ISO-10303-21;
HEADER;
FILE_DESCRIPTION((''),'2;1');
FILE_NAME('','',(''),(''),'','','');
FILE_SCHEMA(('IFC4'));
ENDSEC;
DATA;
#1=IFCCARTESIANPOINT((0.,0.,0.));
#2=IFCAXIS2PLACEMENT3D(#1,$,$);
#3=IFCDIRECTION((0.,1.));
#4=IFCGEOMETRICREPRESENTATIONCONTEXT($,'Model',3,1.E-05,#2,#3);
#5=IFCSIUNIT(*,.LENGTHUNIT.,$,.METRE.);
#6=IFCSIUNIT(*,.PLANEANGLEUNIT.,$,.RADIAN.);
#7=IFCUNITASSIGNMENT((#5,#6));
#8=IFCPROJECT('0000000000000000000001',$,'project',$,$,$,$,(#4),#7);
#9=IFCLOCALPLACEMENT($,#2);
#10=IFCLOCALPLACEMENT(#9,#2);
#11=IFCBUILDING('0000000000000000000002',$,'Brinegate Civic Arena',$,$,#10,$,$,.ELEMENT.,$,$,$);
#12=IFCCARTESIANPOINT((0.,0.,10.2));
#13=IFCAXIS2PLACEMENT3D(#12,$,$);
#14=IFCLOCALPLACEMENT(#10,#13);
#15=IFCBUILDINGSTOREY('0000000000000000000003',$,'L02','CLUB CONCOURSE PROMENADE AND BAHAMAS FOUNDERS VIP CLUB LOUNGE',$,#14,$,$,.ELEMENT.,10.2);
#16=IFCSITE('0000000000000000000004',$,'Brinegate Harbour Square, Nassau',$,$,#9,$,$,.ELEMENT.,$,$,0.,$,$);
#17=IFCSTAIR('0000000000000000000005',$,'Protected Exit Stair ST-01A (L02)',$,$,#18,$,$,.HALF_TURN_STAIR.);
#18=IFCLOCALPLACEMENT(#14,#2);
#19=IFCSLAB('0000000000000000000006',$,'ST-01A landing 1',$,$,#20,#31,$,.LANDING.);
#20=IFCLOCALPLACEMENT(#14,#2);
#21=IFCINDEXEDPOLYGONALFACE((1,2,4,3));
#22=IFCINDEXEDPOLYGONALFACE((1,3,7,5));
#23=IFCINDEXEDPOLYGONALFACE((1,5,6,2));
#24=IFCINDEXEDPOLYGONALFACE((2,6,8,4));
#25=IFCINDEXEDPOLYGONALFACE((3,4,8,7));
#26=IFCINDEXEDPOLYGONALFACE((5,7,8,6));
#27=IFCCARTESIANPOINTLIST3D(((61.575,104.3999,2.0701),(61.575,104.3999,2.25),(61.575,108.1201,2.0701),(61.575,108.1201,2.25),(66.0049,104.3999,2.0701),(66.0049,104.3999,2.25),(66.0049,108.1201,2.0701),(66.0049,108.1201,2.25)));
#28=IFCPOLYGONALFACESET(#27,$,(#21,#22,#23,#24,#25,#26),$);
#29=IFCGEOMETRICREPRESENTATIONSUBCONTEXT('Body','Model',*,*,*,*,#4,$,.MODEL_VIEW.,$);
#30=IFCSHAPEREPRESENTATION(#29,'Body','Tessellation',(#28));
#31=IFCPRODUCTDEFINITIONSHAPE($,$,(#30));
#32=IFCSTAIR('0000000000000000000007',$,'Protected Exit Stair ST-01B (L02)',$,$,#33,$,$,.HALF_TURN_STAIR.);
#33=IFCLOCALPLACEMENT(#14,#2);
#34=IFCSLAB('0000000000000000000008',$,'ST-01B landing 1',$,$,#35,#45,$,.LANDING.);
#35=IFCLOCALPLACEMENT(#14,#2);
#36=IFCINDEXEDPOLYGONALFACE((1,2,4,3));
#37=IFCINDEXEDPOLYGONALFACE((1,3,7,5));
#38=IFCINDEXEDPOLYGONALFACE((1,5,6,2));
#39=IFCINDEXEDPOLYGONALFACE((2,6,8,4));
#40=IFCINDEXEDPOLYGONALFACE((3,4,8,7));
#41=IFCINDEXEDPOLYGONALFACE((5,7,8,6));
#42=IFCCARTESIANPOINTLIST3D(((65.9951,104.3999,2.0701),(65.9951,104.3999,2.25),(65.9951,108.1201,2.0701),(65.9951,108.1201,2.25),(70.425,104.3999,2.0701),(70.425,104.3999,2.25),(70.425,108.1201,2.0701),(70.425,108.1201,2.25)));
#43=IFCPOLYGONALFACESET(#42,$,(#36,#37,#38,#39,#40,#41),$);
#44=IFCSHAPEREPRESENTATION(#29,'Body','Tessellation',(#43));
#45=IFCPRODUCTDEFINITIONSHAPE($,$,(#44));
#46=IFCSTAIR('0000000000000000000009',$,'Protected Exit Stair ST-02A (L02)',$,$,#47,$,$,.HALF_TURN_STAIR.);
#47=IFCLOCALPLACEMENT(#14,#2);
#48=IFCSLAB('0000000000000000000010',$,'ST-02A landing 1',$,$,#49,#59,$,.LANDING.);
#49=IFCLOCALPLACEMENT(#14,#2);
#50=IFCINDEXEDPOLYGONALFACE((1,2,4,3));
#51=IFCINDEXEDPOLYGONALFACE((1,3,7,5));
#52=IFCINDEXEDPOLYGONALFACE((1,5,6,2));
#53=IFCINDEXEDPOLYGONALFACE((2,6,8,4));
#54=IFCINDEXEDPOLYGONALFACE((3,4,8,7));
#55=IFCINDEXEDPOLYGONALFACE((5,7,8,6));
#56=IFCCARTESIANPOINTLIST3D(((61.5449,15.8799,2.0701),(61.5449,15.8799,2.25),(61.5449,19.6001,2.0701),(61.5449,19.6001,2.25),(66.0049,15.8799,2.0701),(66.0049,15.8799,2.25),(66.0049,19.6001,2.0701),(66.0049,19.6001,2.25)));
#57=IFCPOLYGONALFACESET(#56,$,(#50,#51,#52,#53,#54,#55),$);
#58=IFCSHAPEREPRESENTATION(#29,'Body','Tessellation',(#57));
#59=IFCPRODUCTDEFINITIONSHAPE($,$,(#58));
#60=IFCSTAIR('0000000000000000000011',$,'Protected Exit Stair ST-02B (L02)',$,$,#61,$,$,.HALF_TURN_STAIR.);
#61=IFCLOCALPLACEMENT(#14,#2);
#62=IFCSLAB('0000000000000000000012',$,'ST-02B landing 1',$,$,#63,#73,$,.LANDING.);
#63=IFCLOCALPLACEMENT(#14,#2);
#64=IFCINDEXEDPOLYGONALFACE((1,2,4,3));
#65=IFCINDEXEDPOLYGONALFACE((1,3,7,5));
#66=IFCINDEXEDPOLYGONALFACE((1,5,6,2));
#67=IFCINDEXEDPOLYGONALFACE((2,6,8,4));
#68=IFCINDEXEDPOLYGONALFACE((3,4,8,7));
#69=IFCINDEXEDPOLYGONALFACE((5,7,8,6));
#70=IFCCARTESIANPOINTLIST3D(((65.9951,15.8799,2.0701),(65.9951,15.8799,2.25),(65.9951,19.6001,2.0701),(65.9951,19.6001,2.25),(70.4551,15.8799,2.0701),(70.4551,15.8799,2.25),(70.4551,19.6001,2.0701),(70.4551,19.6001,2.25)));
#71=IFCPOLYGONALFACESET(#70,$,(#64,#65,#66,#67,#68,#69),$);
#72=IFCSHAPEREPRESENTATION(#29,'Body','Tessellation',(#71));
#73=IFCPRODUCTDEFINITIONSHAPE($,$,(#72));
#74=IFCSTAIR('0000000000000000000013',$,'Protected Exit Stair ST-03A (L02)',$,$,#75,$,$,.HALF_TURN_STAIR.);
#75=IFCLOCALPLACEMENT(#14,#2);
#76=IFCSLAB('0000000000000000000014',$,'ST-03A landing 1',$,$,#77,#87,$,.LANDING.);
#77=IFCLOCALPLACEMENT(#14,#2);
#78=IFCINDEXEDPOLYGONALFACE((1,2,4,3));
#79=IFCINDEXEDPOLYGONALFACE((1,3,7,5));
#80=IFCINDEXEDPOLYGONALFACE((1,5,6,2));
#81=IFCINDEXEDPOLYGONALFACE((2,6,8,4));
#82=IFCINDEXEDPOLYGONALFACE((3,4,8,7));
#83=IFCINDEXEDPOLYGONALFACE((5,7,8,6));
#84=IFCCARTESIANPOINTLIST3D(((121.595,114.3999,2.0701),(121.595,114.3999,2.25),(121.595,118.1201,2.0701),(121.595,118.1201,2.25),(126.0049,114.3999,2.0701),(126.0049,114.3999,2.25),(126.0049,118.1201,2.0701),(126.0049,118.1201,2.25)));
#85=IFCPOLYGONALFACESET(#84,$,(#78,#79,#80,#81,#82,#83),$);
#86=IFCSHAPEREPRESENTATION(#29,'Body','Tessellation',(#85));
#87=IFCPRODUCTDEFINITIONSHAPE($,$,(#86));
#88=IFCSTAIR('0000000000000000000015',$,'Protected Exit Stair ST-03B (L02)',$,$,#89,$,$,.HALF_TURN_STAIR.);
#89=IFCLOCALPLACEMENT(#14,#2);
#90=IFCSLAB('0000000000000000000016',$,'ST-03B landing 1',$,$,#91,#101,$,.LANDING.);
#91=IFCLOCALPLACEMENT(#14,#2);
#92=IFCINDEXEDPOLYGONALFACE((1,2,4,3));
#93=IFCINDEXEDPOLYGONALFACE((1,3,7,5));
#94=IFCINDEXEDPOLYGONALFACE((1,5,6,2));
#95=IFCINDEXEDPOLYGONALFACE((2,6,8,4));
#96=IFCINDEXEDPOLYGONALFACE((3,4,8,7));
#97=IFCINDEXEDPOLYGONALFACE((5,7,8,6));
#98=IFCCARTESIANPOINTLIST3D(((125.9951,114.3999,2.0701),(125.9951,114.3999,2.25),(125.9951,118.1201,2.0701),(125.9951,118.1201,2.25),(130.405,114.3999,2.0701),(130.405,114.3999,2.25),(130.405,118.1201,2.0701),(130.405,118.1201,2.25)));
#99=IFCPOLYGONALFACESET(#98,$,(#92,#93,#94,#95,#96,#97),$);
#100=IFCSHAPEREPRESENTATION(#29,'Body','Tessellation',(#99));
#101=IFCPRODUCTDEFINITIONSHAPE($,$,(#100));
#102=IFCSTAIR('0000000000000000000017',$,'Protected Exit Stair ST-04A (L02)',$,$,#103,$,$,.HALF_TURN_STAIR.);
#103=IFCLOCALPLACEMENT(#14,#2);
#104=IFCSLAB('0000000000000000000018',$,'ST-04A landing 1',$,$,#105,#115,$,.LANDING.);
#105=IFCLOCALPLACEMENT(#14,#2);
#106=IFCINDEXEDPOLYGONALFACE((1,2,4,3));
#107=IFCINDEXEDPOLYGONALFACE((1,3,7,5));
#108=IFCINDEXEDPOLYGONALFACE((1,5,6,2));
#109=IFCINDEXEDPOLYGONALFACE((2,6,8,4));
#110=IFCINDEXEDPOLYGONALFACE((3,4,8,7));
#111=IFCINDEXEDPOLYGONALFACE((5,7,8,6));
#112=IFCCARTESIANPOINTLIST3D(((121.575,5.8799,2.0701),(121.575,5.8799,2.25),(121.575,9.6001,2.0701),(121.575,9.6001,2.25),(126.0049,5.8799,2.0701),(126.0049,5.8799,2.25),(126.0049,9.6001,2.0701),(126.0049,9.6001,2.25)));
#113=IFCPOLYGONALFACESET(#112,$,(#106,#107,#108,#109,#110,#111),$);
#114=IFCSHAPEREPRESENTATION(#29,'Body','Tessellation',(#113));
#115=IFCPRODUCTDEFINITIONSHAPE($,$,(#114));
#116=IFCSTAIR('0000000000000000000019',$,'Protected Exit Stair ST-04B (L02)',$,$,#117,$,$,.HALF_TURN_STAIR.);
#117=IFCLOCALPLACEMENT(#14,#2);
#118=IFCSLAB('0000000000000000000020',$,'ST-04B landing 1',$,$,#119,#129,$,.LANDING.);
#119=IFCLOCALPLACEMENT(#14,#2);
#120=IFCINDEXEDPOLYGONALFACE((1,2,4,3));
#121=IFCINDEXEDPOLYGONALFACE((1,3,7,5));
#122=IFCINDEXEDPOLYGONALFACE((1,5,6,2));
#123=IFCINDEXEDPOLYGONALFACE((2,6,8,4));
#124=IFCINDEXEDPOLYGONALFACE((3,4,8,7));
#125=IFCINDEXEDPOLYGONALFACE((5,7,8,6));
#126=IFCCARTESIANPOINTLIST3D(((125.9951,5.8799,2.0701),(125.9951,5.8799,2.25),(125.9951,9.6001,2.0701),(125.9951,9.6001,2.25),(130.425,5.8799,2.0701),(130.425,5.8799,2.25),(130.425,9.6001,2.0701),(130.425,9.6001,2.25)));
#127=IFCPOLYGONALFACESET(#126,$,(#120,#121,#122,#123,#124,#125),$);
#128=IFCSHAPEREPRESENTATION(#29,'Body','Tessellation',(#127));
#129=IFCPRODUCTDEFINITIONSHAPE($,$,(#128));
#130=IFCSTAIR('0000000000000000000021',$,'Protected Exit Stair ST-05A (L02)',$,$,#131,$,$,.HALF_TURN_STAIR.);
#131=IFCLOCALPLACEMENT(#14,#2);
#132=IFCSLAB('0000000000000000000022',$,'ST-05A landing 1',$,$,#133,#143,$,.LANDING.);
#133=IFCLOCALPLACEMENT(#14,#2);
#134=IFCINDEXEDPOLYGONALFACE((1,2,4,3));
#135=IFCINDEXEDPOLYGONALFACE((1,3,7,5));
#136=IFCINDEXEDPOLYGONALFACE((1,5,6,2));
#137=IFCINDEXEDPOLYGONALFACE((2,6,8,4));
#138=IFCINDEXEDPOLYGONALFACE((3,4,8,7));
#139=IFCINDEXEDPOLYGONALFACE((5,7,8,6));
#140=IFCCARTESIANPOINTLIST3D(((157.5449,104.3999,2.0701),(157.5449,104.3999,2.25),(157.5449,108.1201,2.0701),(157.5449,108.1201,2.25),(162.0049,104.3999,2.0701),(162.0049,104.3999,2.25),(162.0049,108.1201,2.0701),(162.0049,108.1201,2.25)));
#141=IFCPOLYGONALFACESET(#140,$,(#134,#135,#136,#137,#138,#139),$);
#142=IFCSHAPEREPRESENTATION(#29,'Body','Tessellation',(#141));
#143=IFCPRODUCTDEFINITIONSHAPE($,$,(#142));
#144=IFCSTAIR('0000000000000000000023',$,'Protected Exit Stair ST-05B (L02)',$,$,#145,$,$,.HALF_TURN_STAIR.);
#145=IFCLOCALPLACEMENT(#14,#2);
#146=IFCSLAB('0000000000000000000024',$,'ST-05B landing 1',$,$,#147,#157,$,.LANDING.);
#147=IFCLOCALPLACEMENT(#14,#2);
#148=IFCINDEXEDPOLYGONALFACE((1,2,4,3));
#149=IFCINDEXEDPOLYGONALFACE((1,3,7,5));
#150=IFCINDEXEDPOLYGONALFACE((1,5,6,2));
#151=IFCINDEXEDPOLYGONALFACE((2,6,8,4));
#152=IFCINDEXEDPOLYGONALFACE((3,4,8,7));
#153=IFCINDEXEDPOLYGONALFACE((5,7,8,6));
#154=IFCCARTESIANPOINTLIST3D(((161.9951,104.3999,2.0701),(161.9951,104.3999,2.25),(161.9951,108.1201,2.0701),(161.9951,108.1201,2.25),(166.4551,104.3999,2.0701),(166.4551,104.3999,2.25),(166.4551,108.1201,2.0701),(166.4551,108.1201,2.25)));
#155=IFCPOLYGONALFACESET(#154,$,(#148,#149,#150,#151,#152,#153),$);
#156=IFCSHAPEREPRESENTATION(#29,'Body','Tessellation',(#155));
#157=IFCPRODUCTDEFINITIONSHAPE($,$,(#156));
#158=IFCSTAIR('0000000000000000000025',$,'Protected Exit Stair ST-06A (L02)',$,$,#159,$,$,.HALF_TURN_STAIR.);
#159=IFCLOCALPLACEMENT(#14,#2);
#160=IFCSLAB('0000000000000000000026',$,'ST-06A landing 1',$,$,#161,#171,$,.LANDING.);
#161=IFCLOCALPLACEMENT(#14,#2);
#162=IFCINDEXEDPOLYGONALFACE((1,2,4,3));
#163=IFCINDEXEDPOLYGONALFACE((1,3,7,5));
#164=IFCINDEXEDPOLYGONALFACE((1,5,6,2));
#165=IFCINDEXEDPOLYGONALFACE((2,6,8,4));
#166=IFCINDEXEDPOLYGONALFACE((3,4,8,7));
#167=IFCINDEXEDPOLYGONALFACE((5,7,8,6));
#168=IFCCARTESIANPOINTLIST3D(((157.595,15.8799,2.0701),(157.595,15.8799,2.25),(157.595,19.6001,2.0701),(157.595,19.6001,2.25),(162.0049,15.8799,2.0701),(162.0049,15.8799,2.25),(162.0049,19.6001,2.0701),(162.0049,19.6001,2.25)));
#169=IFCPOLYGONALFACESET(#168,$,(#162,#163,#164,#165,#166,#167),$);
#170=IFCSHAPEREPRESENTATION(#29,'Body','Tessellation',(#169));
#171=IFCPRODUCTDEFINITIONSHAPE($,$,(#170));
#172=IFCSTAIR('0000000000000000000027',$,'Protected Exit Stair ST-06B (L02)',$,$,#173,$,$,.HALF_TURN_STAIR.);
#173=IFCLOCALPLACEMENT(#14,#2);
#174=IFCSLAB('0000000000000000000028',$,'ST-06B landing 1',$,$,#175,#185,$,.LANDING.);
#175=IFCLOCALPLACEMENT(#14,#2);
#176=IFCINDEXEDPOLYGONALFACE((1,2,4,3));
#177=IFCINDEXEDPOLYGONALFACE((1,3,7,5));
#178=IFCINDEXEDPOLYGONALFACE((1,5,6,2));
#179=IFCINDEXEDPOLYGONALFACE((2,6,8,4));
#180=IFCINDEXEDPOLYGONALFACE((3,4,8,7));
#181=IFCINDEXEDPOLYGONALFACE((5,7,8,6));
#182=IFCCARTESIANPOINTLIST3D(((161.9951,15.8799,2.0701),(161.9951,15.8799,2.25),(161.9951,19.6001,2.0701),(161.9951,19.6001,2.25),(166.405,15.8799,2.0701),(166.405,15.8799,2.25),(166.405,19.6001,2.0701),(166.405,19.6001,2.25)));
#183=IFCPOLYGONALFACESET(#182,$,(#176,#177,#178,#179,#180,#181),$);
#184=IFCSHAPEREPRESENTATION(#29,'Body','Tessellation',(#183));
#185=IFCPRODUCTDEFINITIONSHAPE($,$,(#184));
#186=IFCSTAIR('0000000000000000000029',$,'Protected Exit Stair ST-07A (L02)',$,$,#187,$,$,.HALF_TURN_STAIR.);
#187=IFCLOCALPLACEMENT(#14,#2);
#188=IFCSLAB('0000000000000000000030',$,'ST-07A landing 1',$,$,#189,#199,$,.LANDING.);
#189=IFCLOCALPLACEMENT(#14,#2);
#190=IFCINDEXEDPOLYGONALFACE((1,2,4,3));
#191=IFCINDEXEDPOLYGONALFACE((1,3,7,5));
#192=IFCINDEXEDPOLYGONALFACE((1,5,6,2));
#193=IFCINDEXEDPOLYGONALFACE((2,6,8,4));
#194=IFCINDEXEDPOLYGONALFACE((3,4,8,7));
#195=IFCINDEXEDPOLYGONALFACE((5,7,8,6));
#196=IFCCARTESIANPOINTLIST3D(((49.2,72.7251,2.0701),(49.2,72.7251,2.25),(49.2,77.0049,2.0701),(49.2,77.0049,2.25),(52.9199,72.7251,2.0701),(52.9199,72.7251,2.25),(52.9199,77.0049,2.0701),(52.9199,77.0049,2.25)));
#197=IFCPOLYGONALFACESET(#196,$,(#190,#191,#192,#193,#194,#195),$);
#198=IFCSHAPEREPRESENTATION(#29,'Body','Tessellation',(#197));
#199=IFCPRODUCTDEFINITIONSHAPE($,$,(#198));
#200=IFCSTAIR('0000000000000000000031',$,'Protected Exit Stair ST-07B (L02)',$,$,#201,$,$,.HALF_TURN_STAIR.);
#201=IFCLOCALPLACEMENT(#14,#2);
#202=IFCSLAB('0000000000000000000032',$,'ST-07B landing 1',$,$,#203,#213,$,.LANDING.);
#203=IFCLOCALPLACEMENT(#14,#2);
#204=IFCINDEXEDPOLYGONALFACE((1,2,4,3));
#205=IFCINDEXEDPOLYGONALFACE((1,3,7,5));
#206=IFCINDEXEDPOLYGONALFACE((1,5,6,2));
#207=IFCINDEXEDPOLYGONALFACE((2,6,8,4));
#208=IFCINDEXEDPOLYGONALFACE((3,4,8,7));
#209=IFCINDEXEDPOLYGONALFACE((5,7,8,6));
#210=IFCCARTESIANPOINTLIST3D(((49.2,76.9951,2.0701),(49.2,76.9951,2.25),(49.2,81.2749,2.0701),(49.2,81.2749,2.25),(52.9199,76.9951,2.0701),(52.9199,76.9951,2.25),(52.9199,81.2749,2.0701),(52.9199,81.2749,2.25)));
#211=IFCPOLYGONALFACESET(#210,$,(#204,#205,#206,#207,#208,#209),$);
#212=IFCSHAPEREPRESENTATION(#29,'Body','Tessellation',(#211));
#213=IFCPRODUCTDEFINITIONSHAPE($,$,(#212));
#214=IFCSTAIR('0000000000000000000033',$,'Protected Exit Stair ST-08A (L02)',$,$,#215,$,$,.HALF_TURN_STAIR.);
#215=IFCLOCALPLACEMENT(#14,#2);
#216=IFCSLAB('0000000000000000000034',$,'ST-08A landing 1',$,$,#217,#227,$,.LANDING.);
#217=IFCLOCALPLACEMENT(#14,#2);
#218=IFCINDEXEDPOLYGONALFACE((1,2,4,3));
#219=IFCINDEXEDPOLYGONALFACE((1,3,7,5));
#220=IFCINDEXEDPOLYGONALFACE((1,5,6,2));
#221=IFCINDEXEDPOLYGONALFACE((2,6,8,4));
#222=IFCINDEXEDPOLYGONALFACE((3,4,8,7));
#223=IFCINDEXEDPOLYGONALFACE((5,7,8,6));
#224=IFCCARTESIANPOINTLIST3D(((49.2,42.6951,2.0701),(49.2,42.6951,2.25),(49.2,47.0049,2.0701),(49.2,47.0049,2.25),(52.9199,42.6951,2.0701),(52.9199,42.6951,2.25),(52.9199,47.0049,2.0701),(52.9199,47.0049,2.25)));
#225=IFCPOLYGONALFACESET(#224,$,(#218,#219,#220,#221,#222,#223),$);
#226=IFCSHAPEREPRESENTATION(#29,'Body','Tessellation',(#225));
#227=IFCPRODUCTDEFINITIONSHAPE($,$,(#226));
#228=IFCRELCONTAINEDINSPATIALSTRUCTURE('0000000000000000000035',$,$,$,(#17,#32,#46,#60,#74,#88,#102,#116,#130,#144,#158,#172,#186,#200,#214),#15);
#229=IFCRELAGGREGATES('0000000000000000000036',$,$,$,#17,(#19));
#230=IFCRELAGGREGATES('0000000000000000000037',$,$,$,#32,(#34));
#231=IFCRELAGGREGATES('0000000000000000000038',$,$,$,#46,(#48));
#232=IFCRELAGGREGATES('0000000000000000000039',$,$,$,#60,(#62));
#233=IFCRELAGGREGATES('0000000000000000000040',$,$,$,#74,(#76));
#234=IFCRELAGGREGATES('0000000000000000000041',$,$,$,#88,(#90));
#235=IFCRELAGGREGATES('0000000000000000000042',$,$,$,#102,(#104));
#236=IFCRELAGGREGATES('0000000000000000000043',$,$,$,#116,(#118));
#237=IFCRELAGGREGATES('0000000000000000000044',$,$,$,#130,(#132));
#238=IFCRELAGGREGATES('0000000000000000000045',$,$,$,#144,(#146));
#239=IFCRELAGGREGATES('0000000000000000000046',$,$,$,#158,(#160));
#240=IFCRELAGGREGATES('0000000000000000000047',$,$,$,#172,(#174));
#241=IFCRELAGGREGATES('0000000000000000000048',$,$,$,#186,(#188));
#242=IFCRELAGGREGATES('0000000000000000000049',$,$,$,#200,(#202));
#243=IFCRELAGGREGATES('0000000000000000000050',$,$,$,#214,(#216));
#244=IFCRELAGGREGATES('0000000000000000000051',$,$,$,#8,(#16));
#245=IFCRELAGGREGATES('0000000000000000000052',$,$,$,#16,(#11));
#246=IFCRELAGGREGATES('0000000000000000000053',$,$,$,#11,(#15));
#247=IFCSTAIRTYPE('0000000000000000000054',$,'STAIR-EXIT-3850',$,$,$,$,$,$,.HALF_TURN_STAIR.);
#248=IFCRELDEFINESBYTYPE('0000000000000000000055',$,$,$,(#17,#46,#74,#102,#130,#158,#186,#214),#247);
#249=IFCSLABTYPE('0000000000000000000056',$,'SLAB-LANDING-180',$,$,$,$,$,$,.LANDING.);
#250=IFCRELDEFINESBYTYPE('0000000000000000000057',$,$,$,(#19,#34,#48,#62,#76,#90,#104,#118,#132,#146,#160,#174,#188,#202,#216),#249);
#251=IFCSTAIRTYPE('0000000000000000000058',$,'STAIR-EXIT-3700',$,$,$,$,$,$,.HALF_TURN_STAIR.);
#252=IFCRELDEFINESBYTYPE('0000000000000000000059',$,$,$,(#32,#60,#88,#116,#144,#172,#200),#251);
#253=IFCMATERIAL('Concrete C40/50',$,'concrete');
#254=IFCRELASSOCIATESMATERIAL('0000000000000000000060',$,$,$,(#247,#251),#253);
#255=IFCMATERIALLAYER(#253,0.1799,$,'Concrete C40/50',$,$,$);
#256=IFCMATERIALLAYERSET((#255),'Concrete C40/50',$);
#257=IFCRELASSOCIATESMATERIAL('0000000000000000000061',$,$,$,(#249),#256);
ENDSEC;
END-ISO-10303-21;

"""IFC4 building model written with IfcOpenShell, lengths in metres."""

from ifc_helpers import new_model, si_unit, direction, frame, origin, place, context, subcontext, project, spatial, polyline, outline, extrude, material, layer, layer_set, type_object, element, aggregate, save


model = new_model("IFC4")

# Units and contexts
model_context = context("Model", 3, precision=1e-05, world=origin(), true_north=direction((0.0, 1.0)))
body_context = subcontext(model_context, "Body", "Model", "MODEL_VIEW")
ifc_project = project(units=[si_unit("LENGTHUNIT", "METRE"), si_unit("PLANEANGLEUNIT", "RADIAN")], contexts=[model_context])

# Site, building, storey
site_placement = place(None, origin())
site = spatial("IfcSite", under=ifc_project, at=site_placement, Name="Brinegate Harbour Square, Nassau", CompositionType="ELEMENT", RefElevation=0.0)
building_placement = place(site_placement, origin())
building = spatial("IfcBuilding", under=site, at=building_placement, Name="Brinegate Civic Arena", CompositionType="ELEMENT")
storey_placement = place(building_placement, frame((0.0, 0.0, 10.2)))
storey = spatial("IfcBuildingStorey", under=building, at=storey_placement, Name="L02", Description="CLUB CONCOURSE PROMENADE AND BAHAMAS FOUNDERS VIP CLUB LOUNGE", CompositionType="ELEMENT", Elevation=10.2)

# Shared definitions
ifc_material_1 = material(Name="Concrete C40/50", Category="concrete")

# Stairs, slabs
stair_type_1 = type_object("IfcStairType", Name="STAIR-EXIT-3850", PredefinedType="HALF_TURN_STAIR", material=ifc_material_1)
stair_1_placement = place(storey_placement, origin())
stair_1 = element("IfcStair", 1, at=stair_1_placement, inside=storey, type_object=stair_type_1, Name="Protected Exit Stair ST-01A (L02)", PredefinedType="HALF_TURN_STAIR")
ifc_layer_1 = layer(ifc_material_1, 0.1799, Name="Concrete C40/50")
ifc_layer_set_1 = layer_set([ifc_layer_1], Name="Concrete C40/50")
slab_type_1 = type_object("IfcSlabType", Name="SLAB-LANDING-180", PredefinedType="LANDING", material=ifc_layer_set_1)
slab_1_placement = place(storey_placement, frame((0.0, 0.0, 2.0701)))
slab_1 = element("IfcSlab", 2, at=slab_1_placement, type_object=slab_type_1, Name="ST-01A landing 1", PredefinedType="LANDING", context=body_context, shape_type="SweptSolid", body=[
    extrude(outline(polyline([(61.575, 104.3999), (66.0049, 104.3999), (66.0049, 108.1201), (61.575, 108.1201), (61.575, 104.3999)])), origin(), (0.0, 0.0, 1.0), 0.1799),
])
aggregate(stair_1, [slab_1])
stair_type_2 = type_object("IfcStairType", Name="STAIR-EXIT-3700", PredefinedType="HALF_TURN_STAIR", material=ifc_material_1)
stair_2_placement = place(storey_placement, origin())
stair_2 = element("IfcStair", 3, at=stair_2_placement, inside=storey, type_object=stair_type_2, Name="Protected Exit Stair ST-01B (L02)", PredefinedType="HALF_TURN_STAIR")
slab_2_placement = place(storey_placement, frame((0.0, 0.0, 2.0701)))
slab_2 = element("IfcSlab", 4, at=slab_2_placement, type_object=slab_type_1, Name="ST-01B landing 1", PredefinedType="LANDING", context=body_context, shape_type="SweptSolid", body=[
    extrude(outline(polyline([(65.9951, 104.3999), (70.425, 104.3999), (70.425, 108.1201), (65.9951, 108.1201), (65.9951, 104.3999)])), origin(), (0.0, 0.0, 1.0), 0.1799),
])
aggregate(stair_2, [slab_2])
stair_3_placement = place(storey_placement, origin())
stair_3 = element("IfcStair", 5, at=stair_3_placement, inside=storey, type_object=stair_type_1, Name="Protected Exit Stair ST-02A (L02)", PredefinedType="HALF_TURN_STAIR")
slab_3_placement = place(storey_placement, frame((0.0, 0.0, 2.0701)))
slab_3 = element("IfcSlab", 6, at=slab_3_placement, type_object=slab_type_1, Name="ST-02A landing 1", PredefinedType="LANDING", context=body_context, shape_type="SweptSolid", body=[
    extrude(outline(polyline([(61.5449, 15.8799), (66.0049, 15.8799), (66.0049, 19.6001), (61.5449, 19.6001), (61.5449, 15.8799)])), origin(), (0.0, 0.0, 1.0), 0.1799),
])
aggregate(stair_3, [slab_3])
stair_4_placement = place(storey_placement, origin())
stair_4 = element("IfcStair", 7, at=stair_4_placement, inside=storey, type_object=stair_type_2, Name="Protected Exit Stair ST-02B (L02)", PredefinedType="HALF_TURN_STAIR")
slab_4_placement = place(storey_placement, frame((0.0, 0.0, 2.0701)))
slab_4 = element("IfcSlab", 8, at=slab_4_placement, type_object=slab_type_1, Name="ST-02B landing 1", PredefinedType="LANDING", context=body_context, shape_type="SweptSolid", body=[
    extrude(outline(polyline([(65.9951, 15.8799), (70.4551, 15.8799), (70.4551, 19.6001), (65.9951, 19.6001), (65.9951, 15.8799)])), origin(), (0.0, 0.0, 1.0), 0.1799),
])
aggregate(stair_4, [slab_4])
stair_5_placement = place(storey_placement, origin())
stair_5 = element("IfcStair", 9, at=stair_5_placement, inside=storey, type_object=stair_type_1, Name="Protected Exit Stair ST-03A (L02)", PredefinedType="HALF_TURN_STAIR")
slab_5_placement = place(storey_placement, frame((0.0, 0.0, 2.0701)))
slab_5 = element("IfcSlab", 10, at=slab_5_placement, type_object=slab_type_1, Name="ST-03A landing 1", PredefinedType="LANDING", context=body_context, shape_type="SweptSolid", body=[
    extrude(outline(polyline([(121.595, 114.3999), (126.0049, 114.3999), (126.0049, 118.1201), (121.595, 118.1201), (121.595, 114.3999)])), origin(), (0.0, 0.0, 1.0), 0.1799),
])
aggregate(stair_5, [slab_5])
stair_6_placement = place(storey_placement, origin())
stair_6 = element("IfcStair", 11, at=stair_6_placement, inside=storey, type_object=stair_type_2, Name="Protected Exit Stair ST-03B (L02)", PredefinedType="HALF_TURN_STAIR")
slab_6_placement = place(storey_placement, frame((0.0, 0.0, 2.0701)))
slab_6 = element("IfcSlab", 12, at=slab_6_placement, type_object=slab_type_1, Name="ST-03B landing 1", PredefinedType="LANDING", context=body_context, shape_type="SweptSolid", body=[
    extrude(outline(polyline([(125.9951, 114.3999), (130.405, 114.3999), (130.405, 118.1201), (125.9951, 118.1201), (125.9951, 114.3999)])), origin(), (0.0, 0.0, 1.0), 0.1799),
])
aggregate(stair_6, [slab_6])
stair_7_placement = place(storey_placement, origin())
stair_7 = element("IfcStair", 13, at=stair_7_placement, inside=storey, type_object=stair_type_1, Name="Protected Exit Stair ST-04A (L02)", PredefinedType="HALF_TURN_STAIR")
slab_7_placement = place(storey_placement, frame((0.0, 0.0, 2.0701)))
slab_7 = element("IfcSlab", 14, at=slab_7_placement, type_object=slab_type_1, Name="ST-04A landing 1", PredefinedType="LANDING", context=body_context, shape_type="SweptSolid", body=[
    extrude(outline(polyline([(121.575, 5.8799), (126.0049, 5.8799), (126.0049, 9.6001), (121.575, 9.6001), (121.575, 5.8799)])), origin(), (0.0, 0.0, 1.0), 0.1799),
])
aggregate(stair_7, [slab_7])
stair_8_placement = place(storey_placement, origin())
stair_8 = element("IfcStair", 15, at=stair_8_placement, inside=storey, type_object=stair_type_2, Name="Protected Exit Stair ST-04B (L02)", PredefinedType="HALF_TURN_STAIR")
slab_8_placement = place(storey_placement, frame((0.0, 0.0, 2.0701)))
slab_8 = element("IfcSlab", 16, at=slab_8_placement, type_object=slab_type_1, Name="ST-04B landing 1", PredefinedType="LANDING", context=body_context, shape_type="SweptSolid", body=[
    extrude(outline(polyline([(125.9951, 5.8799), (130.425, 5.8799), (130.425, 9.6001), (125.9951, 9.6001), (125.9951, 5.8799)])), origin(), (0.0, 0.0, 1.0), 0.1799),
])
aggregate(stair_8, [slab_8])
stair_9_placement = place(storey_placement, origin())
stair_9 = element("IfcStair", 17, at=stair_9_placement, inside=storey, type_object=stair_type_1, Name="Protected Exit Stair ST-05A (L02)", PredefinedType="HALF_TURN_STAIR")
slab_9_placement = place(storey_placement, frame((0.0, 0.0, 2.0701)))
slab_9 = element("IfcSlab", 18, at=slab_9_placement, type_object=slab_type_1, Name="ST-05A landing 1", PredefinedType="LANDING", context=body_context, shape_type="SweptSolid", body=[
    extrude(outline(polyline([(157.5449, 104.3999), (162.0049, 104.3999), (162.0049, 108.1201), (157.5449, 108.1201), (157.5449, 104.3999)])), origin(), (0.0, 0.0, 1.0), 0.1799),
])
aggregate(stair_9, [slab_9])
stair_10_placement = place(storey_placement, origin())
stair_10 = element("IfcStair", 19, at=stair_10_placement, inside=storey, type_object=stair_type_2, Name="Protected Exit Stair ST-05B (L02)", PredefinedType="HALF_TURN_STAIR")
slab_10_placement = place(storey_placement, frame((0.0, 0.0, 2.0701)))
slab_10 = element("IfcSlab", 20, at=slab_10_placement, type_object=slab_type_1, Name="ST-05B landing 1", PredefinedType="LANDING", context=body_context, shape_type="SweptSolid", body=[
    extrude(outline(polyline([(161.9951, 104.3999), (166.4551, 104.3999), (166.4551, 108.1201), (161.9951, 108.1201), (161.9951, 104.3999)])), origin(), (0.0, 0.0, 1.0), 0.1799),
])
aggregate(stair_10, [slab_10])
stair_11_placement = place(storey_placement, origin())
stair_11 = element("IfcStair", 21, at=stair_11_placement, inside=storey, type_object=stair_type_1, Name="Protected Exit Stair ST-06A (L02)", PredefinedType="HALF_TURN_STAIR")
slab_11_placement = place(storey_placement, frame((0.0, 0.0, 2.0701)))
slab_11 = element("IfcSlab", 22, at=slab_11_placement, type_object=slab_type_1, Name="ST-06A landing 1", PredefinedType="LANDING", context=body_context, shape_type="SweptSolid", body=[
    extrude(outline(polyline([(157.595, 15.8799), (162.0049, 15.8799), (162.0049, 19.6001), (157.595, 19.6001), (157.595, 15.8799)])), origin(), (0.0, 0.0, 1.0), 0.1799),
])
aggregate(stair_11, [slab_11])
stair_12_placement = place(storey_placement, origin())
stair_12 = element("IfcStair", 23, at=stair_12_placement, inside=storey, type_object=stair_type_2, Name="Protected Exit Stair ST-06B (L02)", PredefinedType="HALF_TURN_STAIR")
slab_12_placement = place(storey_placement, frame((0.0, 0.0, 2.0701)))
slab_12 = element("IfcSlab", 24, at=slab_12_placement, type_object=slab_type_1, Name="ST-06B landing 1", PredefinedType="LANDING", context=body_context, shape_type="SweptSolid", body=[
    extrude(outline(polyline([(161.9951, 15.8799), (166.405, 15.8799), (166.405, 19.6001), (161.9951, 19.6001), (161.9951, 15.8799)])), origin(), (0.0, 0.0, 1.0), 0.1799),
])
aggregate(stair_12, [slab_12])
stair_13_placement = place(storey_placement, origin())
stair_13 = element("IfcStair", 25, at=stair_13_placement, inside=storey, type_object=stair_type_1, Name="Protected Exit Stair ST-07A (L02)", PredefinedType="HALF_TURN_STAIR")
slab_13_placement = place(storey_placement, frame((0.0, 0.0, 2.0701)))
slab_13 = element("IfcSlab", 26, at=slab_13_placement, type_object=slab_type_1, Name="ST-07A landing 1", PredefinedType="LANDING", context=body_context, shape_type="SweptSolid", body=[
    extrude(outline(polyline([(49.2, 72.7251), (52.9199, 72.7251), (52.9199, 77.0049), (49.2, 77.0049), (49.2, 72.7251)])), origin(), (0.0, 0.0, 1.0), 0.1799),
])
aggregate(stair_13, [slab_13])
stair_14_placement = place(storey_placement, origin())
stair_14 = element("IfcStair", 27, at=stair_14_placement, inside=storey, type_object=stair_type_2, Name="Protected Exit Stair ST-07B (L02)", PredefinedType="HALF_TURN_STAIR")
slab_14_placement = place(storey_placement, frame((0.0, 0.0, 2.0701)))
slab_14 = element("IfcSlab", 28, at=slab_14_placement, type_object=slab_type_1, Name="ST-07B landing 1", PredefinedType="LANDING", context=body_context, shape_type="SweptSolid", body=[
    extrude(outline(polyline([(49.2, 76.9951), (52.9199, 76.9951), (52.9199, 81.2749), (49.2, 81.2749), (49.2, 76.9951)])), origin(), (0.0, 0.0, 1.0), 0.1799),
])
aggregate(stair_14, [slab_14])
stair_15_placement = place(storey_placement, origin())
stair_15 = element("IfcStair", 29, at=stair_15_placement, inside=storey, type_object=stair_type_1, Name="Protected Exit Stair ST-08A (L02)", PredefinedType="HALF_TURN_STAIR")
slab_15_placement = place(storey_placement, frame((0.0, 0.0, 2.0701)))
slab_15 = element("IfcSlab", 30, at=slab_15_placement, type_object=slab_type_1, Name="ST-08A landing 1", PredefinedType="LANDING", context=body_context, shape_type="SweptSolid", body=[
    extrude(outline(polyline([(49.2, 42.6951), (52.9199, 42.6951), (52.9199, 47.0049), (49.2, 47.0049), (49.2, 42.6951)])), origin(), (0.0, 0.0, 1.0), 0.1799),
])
aggregate(stair_15, [slab_15])

save(model, "model.ifc")
